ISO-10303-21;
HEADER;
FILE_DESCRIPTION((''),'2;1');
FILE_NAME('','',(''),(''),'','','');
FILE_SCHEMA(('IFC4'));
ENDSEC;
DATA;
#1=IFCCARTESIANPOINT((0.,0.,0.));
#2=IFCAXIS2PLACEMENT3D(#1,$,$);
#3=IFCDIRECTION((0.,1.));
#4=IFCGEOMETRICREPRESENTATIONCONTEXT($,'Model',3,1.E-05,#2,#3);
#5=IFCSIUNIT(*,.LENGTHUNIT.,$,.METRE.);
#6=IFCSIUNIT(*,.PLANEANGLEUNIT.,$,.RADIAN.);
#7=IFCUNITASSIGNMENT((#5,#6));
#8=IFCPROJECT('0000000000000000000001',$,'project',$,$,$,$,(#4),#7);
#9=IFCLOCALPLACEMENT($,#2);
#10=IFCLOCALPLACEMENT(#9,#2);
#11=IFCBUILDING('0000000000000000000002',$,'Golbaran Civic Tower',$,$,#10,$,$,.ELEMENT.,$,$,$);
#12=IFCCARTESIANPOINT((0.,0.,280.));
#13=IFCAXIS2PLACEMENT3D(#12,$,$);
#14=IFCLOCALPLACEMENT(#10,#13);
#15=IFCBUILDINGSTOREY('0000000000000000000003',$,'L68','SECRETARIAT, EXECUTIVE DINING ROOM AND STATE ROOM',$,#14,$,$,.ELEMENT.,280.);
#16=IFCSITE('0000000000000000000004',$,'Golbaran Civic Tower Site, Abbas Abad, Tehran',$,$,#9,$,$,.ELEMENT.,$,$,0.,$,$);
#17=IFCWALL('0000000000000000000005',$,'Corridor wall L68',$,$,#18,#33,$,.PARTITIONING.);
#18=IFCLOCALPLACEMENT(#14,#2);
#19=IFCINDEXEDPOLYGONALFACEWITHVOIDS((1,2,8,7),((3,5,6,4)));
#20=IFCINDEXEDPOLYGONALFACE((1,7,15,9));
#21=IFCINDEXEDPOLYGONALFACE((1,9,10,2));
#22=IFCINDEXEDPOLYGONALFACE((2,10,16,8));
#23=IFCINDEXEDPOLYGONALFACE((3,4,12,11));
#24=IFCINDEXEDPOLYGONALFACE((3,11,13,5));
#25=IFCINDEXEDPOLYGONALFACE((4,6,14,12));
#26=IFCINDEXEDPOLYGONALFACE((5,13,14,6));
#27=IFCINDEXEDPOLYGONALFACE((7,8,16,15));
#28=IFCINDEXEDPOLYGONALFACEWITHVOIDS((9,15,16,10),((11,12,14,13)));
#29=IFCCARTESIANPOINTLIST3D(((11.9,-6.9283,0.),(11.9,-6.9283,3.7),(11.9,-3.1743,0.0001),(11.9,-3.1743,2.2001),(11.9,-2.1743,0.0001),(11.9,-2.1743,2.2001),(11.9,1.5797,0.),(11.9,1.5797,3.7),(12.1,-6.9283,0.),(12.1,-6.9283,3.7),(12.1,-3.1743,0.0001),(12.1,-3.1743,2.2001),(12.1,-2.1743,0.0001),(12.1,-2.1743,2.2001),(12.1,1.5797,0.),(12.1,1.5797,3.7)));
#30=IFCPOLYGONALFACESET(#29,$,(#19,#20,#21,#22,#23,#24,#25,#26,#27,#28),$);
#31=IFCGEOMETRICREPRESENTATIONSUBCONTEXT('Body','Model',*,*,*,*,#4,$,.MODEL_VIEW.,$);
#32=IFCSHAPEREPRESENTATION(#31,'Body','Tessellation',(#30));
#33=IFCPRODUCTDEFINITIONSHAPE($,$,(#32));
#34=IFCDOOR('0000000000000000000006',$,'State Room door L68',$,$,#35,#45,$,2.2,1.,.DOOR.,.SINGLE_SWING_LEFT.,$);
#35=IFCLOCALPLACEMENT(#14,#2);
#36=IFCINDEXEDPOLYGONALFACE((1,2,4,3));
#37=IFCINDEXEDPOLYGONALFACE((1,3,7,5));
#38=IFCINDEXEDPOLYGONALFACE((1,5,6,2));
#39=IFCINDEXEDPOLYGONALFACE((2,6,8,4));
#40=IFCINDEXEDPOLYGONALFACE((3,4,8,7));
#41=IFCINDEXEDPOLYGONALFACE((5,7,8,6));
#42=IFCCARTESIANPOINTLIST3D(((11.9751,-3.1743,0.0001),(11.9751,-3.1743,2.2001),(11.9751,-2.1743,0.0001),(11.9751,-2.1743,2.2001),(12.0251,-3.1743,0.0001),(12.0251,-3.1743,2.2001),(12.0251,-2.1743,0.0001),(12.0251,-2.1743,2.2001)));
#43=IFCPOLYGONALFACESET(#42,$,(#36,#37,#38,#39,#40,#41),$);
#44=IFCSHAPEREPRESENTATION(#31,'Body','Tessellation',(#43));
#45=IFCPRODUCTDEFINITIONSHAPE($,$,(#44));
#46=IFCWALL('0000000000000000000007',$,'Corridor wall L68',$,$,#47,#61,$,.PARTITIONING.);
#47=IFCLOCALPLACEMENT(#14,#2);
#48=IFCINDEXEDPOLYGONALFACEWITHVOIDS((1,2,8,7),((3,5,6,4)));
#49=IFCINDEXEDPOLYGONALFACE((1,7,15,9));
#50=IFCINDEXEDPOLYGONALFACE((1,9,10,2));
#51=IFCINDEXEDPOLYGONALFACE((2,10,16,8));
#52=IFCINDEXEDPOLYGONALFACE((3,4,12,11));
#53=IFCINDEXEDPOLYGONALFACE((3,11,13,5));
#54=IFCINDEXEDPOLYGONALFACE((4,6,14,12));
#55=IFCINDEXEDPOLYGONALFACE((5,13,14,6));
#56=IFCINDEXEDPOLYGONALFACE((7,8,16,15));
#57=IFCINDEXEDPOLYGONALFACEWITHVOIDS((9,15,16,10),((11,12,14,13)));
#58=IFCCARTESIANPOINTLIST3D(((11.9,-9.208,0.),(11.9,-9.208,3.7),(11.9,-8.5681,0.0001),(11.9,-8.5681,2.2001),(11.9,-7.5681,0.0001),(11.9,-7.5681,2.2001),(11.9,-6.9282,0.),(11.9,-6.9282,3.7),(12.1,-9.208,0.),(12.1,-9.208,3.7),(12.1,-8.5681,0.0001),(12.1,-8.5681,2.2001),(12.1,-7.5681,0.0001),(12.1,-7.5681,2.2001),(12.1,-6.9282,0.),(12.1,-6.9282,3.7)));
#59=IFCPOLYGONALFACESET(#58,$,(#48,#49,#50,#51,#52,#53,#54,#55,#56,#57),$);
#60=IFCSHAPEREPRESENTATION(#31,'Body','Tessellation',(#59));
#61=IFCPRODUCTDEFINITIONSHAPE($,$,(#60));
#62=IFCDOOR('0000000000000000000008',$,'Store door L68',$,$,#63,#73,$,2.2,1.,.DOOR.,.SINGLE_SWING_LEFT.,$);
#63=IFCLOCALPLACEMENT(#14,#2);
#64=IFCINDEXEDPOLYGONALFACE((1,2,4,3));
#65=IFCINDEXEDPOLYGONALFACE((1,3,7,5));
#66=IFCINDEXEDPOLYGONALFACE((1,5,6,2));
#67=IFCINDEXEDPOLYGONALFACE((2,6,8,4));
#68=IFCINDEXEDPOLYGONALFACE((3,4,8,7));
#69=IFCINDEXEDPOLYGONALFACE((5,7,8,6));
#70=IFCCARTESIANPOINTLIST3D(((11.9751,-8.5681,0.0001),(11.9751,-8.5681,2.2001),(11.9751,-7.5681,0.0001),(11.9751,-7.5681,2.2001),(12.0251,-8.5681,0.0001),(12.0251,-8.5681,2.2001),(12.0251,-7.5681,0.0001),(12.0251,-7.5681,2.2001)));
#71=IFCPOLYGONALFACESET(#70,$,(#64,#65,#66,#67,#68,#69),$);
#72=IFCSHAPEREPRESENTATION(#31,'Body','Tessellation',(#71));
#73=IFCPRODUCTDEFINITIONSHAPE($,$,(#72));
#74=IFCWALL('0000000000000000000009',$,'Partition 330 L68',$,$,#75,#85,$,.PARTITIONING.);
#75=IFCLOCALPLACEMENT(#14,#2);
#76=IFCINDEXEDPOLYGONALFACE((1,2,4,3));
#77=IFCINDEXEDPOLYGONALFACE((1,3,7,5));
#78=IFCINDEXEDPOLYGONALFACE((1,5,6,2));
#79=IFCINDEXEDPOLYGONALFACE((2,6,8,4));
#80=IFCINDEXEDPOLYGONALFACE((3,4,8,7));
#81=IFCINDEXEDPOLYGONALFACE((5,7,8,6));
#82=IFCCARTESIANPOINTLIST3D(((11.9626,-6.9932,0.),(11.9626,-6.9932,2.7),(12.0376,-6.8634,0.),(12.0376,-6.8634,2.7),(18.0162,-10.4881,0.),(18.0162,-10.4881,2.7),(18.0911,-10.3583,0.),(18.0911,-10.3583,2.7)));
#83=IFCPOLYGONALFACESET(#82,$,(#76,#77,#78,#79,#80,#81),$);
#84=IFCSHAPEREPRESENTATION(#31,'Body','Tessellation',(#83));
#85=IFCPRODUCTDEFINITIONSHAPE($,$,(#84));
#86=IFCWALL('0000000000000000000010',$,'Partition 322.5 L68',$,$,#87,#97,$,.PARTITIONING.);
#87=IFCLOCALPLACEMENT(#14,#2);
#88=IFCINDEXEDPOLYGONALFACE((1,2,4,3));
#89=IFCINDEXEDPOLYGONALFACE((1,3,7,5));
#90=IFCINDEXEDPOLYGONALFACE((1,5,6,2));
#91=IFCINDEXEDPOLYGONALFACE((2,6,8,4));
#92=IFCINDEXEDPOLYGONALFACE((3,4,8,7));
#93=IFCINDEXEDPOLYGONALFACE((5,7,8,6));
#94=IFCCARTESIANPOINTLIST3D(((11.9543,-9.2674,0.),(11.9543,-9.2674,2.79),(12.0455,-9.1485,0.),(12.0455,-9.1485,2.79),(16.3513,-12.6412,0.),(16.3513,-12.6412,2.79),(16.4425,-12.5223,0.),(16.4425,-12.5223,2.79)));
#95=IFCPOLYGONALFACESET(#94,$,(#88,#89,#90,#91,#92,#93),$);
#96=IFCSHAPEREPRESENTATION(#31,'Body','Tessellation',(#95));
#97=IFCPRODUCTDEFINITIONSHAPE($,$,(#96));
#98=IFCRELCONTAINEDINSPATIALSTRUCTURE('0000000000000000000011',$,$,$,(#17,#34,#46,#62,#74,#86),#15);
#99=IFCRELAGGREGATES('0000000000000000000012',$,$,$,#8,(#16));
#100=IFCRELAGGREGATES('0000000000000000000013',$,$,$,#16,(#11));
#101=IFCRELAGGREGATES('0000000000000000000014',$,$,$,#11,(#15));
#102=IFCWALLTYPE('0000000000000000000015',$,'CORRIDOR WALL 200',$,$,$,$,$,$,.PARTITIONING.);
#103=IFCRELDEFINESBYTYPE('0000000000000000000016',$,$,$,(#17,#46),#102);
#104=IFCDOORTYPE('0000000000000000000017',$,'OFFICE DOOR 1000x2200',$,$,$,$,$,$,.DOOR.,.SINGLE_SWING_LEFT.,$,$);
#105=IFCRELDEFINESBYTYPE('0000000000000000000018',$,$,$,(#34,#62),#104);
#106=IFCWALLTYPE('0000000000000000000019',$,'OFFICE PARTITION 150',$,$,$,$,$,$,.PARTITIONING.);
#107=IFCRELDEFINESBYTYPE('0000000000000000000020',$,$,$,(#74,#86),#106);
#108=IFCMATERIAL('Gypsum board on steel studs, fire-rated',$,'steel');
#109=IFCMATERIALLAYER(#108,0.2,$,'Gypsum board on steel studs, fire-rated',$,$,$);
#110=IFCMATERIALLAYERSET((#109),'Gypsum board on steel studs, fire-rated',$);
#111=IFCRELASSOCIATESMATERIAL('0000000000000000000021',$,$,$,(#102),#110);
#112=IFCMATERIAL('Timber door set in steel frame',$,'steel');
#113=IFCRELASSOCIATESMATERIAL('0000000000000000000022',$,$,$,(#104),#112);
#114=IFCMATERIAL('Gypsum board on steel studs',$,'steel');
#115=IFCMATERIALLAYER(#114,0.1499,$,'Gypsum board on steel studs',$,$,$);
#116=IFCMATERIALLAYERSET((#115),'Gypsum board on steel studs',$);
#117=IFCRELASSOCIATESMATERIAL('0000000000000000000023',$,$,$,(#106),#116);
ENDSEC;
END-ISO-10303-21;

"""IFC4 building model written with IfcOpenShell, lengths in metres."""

from ifc_helpers import new_model, si_unit, direction, frame, frame_2d, origin, place, context, subcontext, project, spatial, rectangle, extrude, material, layer, layer_set, type_object, element, fill, save


model = new_model("IFC4")

# Units and contexts
model_context = context("Model", 3, precision=1e-05, world=origin(), true_north=direction((0.0, 1.0)))
body_context = subcontext(model_context, "Body", "Model", "MODEL_VIEW")
ifc_project = project(units=[si_unit("LENGTHUNIT", "METRE"), si_unit("PLANEANGLEUNIT", "RADIAN")], contexts=[model_context])

# Site, building, storey
site_placement = place(None, origin())
site = spatial("IfcSite", under=ifc_project, at=site_placement, Name="Golbaran Civic Tower Site, Abbas Abad, Tehran", CompositionType="ELEMENT", RefElevation=0.0)
building_placement = place(site_placement, origin())
building = spatial("IfcBuilding", under=site, at=building_placement, Name="Golbaran Civic Tower", CompositionType="ELEMENT")
storey_placement = place(building_placement, frame((0.0, 0.0, 280.0)))
storey = spatial("IfcBuildingStorey", under=building, at=storey_placement, Name="L68", Description="SECRETARIAT, EXECUTIVE DINING ROOM AND STATE ROOM", CompositionType="ELEMENT", Elevation=280.0)

# Walls, openings, doors
ifc_material_1 = material(Name="Gypsum board on steel studs, fire-rated", Category="steel")
ifc_layer_1 = layer(ifc_material_1, 0.2, Name="Gypsum board on steel studs, fire-rated")
ifc_layer_set_1 = layer_set([ifc_layer_1], Name="Gypsum board on steel studs, fire-rated")
wall_type_1 = type_object("IfcWallType", Name="CORRIDOR WALL 200", PredefinedType="PARTITIONING", material=ifc_layer_set_1)
wall_1_placement = place(storey_placement, frame((12.0, -6.9282, 0.0), z_axis=(0.0, 0.0, 1.0), x_axis=(0.0, 1.0, 0.0)))
wall_1 = element("IfcWall", 1, at=wall_1_placement, inside=storey, type_object=wall_type_1, Name="Corridor wall L68", PredefinedType="PARTITIONING", context=body_context, shape_type="SweptSolid", body=[
    extrude(rectangle(XDim=8.5081, YDim=0.2, at=frame_2d((4.2539, 0.0))), origin(), (0.0, 0.0, 1.0), 3.7),
])
opening_1_placement = place(wall_1_placement, frame((3.7539, 0.0, 0.0)))
opening_1 = element("IfcOpeningElement", 2, at=opening_1_placement, cuts=wall_1, PredefinedType="OPENING", context=body_context, shape_type="SweptSolid", body=[
    extrude(rectangle(XDim=1.0, YDim=2.2, at=frame_2d((0.5, 1.1001))), frame((0.0, 0.1099, 0.0), z_axis=(0.0, -1.0, 0.0), x_axis=(1.0, 0.0, 0.0)), (0.0, 0.0, 1.0), 0.22),
])
ifc_material_2 = material(Name="Timber door set in steel frame", Category="steel")
door_type = type_object("IfcDoorType", Name="OFFICE DOOR 1000x2200", OperationType="SINGLE_SWING_LEFT", PredefinedType="DOOR", material=ifc_material_2)
door_1_placement = place(opening_1_placement, origin())
door_1 = element("IfcDoor", 3, at=door_1_placement, inside=storey, type_object=door_type, Name="State Room door L68", OperationType="SINGLE_SWING_LEFT", OverallHeight=2.2, OverallWidth=1.0, PredefinedType="DOOR", context=body_context, shape_type="SweptSolid", body=[
    extrude(rectangle(XDim=1.0, YDim=2.2, at=frame_2d((0.5, 1.1001))), frame((0.0, 0.0249, 0.0), z_axis=(0.0, -1.0, 0.0), x_axis=(1.0, 0.0, 0.0)), (0.0, 0.0, 1.0), 0.05),
])
fill(opening_1, door_1)
wall_2_placement = place(storey_placement, frame((12.0, -9.208, 0.0), z_axis=(0.0, 0.0, 1.0), x_axis=(0.0, 1.0, 0.0)))
wall_2 = element("IfcWall", 4, at=wall_2_placement, inside=storey, type_object=wall_type_1, Name="Corridor wall L68", PredefinedType="PARTITIONING", context=body_context, shape_type="SweptSolid", body=[
    extrude(rectangle(XDim=2.2798, YDim=0.2, at=frame_2d((1.1399, 0.0))), origin(), (0.0, 0.0, 1.0), 3.7),
])
opening_2_placement = place(wall_2_placement, frame((0.6399, 0.0, 0.0)))
opening_2 = element("IfcOpeningElement", 5, at=opening_2_placement, cuts=wall_2, PredefinedType="OPENING", context=body_context, shape_type="SweptSolid", body=[
    extrude(rectangle(XDim=1.0, YDim=2.2, at=frame_2d((0.5, 1.1001))), frame((0.0, 0.1099, 0.0), z_axis=(0.0, -1.0, 0.0), x_axis=(1.0, 0.0, 0.0)), (0.0, 0.0, 1.0), 0.22),
])
door_2_placement = place(opening_2_placement, origin())
door_2 = element("IfcDoor", 6, at=door_2_placement, inside=storey, type_object=door_type, Name="Store door L68", OperationType="SINGLE_SWING_LEFT", OverallHeight=2.2, OverallWidth=1.0, PredefinedType="DOOR", context=body_context, shape_type="SweptSolid", body=[
    extrude(rectangle(XDim=1.0, YDim=2.2, at=frame_2d((0.5, 1.1001))), frame((0.0, 0.0249, 0.0), z_axis=(0.0, -1.0, 0.0), x_axis=(1.0, 0.0, 0.0)), (0.0, 0.0, 1.0), 0.05),
])
fill(opening_2, door_2)

# Walls
ifc_material_3 = material(Name="Gypsum board on steel studs", Category="steel")
ifc_layer_2 = layer(ifc_material_3, 0.1499, Name="Gypsum board on steel studs")
ifc_layer_set_2 = layer_set([ifc_layer_2], Name="Gypsum board on steel studs")
wall_type_2 = type_object("IfcWallType", Name="OFFICE PARTITION 150", PredefinedType="PARTITIONING", material=ifc_layer_set_2)
wall_3_placement = place(storey_placement, frame((12.0, -6.9282, 0.0), z_axis=(0.0, 0.0, 1.0), x_axis=(0.866031, -0.49999, 0.0)))
element("IfcWall", 7, at=wall_3_placement, inside=storey, type_object=wall_type_2, Name="Partition 330 L68", PredefinedType="PARTITIONING", context=body_context, shape_type="SweptSolid", body=[
    extrude(rectangle(XDim=6.99, YDim=0.1499, at=frame_2d((3.4951, 0.0))), origin(), (0.0, 0.0, 1.0), 2.7),
])
wall_4_placement = place(storey_placement, frame((12.0, -9.208, 0.0), z_axis=(0.0, 0.0, 1.0), x_axis=(0.793365, -0.608746, 0.0)))
element("IfcWall", 8, at=wall_4_placement, inside=storey, type_object=wall_type_2, Name="Partition 322.5 L68", PredefinedType="PARTITIONING", context=body_context, shape_type="SweptSolid", body=[
    extrude(rectangle(XDim=5.5422, YDim=0.1499, at=frame_2d((2.771, 0.0))), origin(), (0.0, 0.0, 1.0), 2.79),
])

save(model, "model.ifc")
